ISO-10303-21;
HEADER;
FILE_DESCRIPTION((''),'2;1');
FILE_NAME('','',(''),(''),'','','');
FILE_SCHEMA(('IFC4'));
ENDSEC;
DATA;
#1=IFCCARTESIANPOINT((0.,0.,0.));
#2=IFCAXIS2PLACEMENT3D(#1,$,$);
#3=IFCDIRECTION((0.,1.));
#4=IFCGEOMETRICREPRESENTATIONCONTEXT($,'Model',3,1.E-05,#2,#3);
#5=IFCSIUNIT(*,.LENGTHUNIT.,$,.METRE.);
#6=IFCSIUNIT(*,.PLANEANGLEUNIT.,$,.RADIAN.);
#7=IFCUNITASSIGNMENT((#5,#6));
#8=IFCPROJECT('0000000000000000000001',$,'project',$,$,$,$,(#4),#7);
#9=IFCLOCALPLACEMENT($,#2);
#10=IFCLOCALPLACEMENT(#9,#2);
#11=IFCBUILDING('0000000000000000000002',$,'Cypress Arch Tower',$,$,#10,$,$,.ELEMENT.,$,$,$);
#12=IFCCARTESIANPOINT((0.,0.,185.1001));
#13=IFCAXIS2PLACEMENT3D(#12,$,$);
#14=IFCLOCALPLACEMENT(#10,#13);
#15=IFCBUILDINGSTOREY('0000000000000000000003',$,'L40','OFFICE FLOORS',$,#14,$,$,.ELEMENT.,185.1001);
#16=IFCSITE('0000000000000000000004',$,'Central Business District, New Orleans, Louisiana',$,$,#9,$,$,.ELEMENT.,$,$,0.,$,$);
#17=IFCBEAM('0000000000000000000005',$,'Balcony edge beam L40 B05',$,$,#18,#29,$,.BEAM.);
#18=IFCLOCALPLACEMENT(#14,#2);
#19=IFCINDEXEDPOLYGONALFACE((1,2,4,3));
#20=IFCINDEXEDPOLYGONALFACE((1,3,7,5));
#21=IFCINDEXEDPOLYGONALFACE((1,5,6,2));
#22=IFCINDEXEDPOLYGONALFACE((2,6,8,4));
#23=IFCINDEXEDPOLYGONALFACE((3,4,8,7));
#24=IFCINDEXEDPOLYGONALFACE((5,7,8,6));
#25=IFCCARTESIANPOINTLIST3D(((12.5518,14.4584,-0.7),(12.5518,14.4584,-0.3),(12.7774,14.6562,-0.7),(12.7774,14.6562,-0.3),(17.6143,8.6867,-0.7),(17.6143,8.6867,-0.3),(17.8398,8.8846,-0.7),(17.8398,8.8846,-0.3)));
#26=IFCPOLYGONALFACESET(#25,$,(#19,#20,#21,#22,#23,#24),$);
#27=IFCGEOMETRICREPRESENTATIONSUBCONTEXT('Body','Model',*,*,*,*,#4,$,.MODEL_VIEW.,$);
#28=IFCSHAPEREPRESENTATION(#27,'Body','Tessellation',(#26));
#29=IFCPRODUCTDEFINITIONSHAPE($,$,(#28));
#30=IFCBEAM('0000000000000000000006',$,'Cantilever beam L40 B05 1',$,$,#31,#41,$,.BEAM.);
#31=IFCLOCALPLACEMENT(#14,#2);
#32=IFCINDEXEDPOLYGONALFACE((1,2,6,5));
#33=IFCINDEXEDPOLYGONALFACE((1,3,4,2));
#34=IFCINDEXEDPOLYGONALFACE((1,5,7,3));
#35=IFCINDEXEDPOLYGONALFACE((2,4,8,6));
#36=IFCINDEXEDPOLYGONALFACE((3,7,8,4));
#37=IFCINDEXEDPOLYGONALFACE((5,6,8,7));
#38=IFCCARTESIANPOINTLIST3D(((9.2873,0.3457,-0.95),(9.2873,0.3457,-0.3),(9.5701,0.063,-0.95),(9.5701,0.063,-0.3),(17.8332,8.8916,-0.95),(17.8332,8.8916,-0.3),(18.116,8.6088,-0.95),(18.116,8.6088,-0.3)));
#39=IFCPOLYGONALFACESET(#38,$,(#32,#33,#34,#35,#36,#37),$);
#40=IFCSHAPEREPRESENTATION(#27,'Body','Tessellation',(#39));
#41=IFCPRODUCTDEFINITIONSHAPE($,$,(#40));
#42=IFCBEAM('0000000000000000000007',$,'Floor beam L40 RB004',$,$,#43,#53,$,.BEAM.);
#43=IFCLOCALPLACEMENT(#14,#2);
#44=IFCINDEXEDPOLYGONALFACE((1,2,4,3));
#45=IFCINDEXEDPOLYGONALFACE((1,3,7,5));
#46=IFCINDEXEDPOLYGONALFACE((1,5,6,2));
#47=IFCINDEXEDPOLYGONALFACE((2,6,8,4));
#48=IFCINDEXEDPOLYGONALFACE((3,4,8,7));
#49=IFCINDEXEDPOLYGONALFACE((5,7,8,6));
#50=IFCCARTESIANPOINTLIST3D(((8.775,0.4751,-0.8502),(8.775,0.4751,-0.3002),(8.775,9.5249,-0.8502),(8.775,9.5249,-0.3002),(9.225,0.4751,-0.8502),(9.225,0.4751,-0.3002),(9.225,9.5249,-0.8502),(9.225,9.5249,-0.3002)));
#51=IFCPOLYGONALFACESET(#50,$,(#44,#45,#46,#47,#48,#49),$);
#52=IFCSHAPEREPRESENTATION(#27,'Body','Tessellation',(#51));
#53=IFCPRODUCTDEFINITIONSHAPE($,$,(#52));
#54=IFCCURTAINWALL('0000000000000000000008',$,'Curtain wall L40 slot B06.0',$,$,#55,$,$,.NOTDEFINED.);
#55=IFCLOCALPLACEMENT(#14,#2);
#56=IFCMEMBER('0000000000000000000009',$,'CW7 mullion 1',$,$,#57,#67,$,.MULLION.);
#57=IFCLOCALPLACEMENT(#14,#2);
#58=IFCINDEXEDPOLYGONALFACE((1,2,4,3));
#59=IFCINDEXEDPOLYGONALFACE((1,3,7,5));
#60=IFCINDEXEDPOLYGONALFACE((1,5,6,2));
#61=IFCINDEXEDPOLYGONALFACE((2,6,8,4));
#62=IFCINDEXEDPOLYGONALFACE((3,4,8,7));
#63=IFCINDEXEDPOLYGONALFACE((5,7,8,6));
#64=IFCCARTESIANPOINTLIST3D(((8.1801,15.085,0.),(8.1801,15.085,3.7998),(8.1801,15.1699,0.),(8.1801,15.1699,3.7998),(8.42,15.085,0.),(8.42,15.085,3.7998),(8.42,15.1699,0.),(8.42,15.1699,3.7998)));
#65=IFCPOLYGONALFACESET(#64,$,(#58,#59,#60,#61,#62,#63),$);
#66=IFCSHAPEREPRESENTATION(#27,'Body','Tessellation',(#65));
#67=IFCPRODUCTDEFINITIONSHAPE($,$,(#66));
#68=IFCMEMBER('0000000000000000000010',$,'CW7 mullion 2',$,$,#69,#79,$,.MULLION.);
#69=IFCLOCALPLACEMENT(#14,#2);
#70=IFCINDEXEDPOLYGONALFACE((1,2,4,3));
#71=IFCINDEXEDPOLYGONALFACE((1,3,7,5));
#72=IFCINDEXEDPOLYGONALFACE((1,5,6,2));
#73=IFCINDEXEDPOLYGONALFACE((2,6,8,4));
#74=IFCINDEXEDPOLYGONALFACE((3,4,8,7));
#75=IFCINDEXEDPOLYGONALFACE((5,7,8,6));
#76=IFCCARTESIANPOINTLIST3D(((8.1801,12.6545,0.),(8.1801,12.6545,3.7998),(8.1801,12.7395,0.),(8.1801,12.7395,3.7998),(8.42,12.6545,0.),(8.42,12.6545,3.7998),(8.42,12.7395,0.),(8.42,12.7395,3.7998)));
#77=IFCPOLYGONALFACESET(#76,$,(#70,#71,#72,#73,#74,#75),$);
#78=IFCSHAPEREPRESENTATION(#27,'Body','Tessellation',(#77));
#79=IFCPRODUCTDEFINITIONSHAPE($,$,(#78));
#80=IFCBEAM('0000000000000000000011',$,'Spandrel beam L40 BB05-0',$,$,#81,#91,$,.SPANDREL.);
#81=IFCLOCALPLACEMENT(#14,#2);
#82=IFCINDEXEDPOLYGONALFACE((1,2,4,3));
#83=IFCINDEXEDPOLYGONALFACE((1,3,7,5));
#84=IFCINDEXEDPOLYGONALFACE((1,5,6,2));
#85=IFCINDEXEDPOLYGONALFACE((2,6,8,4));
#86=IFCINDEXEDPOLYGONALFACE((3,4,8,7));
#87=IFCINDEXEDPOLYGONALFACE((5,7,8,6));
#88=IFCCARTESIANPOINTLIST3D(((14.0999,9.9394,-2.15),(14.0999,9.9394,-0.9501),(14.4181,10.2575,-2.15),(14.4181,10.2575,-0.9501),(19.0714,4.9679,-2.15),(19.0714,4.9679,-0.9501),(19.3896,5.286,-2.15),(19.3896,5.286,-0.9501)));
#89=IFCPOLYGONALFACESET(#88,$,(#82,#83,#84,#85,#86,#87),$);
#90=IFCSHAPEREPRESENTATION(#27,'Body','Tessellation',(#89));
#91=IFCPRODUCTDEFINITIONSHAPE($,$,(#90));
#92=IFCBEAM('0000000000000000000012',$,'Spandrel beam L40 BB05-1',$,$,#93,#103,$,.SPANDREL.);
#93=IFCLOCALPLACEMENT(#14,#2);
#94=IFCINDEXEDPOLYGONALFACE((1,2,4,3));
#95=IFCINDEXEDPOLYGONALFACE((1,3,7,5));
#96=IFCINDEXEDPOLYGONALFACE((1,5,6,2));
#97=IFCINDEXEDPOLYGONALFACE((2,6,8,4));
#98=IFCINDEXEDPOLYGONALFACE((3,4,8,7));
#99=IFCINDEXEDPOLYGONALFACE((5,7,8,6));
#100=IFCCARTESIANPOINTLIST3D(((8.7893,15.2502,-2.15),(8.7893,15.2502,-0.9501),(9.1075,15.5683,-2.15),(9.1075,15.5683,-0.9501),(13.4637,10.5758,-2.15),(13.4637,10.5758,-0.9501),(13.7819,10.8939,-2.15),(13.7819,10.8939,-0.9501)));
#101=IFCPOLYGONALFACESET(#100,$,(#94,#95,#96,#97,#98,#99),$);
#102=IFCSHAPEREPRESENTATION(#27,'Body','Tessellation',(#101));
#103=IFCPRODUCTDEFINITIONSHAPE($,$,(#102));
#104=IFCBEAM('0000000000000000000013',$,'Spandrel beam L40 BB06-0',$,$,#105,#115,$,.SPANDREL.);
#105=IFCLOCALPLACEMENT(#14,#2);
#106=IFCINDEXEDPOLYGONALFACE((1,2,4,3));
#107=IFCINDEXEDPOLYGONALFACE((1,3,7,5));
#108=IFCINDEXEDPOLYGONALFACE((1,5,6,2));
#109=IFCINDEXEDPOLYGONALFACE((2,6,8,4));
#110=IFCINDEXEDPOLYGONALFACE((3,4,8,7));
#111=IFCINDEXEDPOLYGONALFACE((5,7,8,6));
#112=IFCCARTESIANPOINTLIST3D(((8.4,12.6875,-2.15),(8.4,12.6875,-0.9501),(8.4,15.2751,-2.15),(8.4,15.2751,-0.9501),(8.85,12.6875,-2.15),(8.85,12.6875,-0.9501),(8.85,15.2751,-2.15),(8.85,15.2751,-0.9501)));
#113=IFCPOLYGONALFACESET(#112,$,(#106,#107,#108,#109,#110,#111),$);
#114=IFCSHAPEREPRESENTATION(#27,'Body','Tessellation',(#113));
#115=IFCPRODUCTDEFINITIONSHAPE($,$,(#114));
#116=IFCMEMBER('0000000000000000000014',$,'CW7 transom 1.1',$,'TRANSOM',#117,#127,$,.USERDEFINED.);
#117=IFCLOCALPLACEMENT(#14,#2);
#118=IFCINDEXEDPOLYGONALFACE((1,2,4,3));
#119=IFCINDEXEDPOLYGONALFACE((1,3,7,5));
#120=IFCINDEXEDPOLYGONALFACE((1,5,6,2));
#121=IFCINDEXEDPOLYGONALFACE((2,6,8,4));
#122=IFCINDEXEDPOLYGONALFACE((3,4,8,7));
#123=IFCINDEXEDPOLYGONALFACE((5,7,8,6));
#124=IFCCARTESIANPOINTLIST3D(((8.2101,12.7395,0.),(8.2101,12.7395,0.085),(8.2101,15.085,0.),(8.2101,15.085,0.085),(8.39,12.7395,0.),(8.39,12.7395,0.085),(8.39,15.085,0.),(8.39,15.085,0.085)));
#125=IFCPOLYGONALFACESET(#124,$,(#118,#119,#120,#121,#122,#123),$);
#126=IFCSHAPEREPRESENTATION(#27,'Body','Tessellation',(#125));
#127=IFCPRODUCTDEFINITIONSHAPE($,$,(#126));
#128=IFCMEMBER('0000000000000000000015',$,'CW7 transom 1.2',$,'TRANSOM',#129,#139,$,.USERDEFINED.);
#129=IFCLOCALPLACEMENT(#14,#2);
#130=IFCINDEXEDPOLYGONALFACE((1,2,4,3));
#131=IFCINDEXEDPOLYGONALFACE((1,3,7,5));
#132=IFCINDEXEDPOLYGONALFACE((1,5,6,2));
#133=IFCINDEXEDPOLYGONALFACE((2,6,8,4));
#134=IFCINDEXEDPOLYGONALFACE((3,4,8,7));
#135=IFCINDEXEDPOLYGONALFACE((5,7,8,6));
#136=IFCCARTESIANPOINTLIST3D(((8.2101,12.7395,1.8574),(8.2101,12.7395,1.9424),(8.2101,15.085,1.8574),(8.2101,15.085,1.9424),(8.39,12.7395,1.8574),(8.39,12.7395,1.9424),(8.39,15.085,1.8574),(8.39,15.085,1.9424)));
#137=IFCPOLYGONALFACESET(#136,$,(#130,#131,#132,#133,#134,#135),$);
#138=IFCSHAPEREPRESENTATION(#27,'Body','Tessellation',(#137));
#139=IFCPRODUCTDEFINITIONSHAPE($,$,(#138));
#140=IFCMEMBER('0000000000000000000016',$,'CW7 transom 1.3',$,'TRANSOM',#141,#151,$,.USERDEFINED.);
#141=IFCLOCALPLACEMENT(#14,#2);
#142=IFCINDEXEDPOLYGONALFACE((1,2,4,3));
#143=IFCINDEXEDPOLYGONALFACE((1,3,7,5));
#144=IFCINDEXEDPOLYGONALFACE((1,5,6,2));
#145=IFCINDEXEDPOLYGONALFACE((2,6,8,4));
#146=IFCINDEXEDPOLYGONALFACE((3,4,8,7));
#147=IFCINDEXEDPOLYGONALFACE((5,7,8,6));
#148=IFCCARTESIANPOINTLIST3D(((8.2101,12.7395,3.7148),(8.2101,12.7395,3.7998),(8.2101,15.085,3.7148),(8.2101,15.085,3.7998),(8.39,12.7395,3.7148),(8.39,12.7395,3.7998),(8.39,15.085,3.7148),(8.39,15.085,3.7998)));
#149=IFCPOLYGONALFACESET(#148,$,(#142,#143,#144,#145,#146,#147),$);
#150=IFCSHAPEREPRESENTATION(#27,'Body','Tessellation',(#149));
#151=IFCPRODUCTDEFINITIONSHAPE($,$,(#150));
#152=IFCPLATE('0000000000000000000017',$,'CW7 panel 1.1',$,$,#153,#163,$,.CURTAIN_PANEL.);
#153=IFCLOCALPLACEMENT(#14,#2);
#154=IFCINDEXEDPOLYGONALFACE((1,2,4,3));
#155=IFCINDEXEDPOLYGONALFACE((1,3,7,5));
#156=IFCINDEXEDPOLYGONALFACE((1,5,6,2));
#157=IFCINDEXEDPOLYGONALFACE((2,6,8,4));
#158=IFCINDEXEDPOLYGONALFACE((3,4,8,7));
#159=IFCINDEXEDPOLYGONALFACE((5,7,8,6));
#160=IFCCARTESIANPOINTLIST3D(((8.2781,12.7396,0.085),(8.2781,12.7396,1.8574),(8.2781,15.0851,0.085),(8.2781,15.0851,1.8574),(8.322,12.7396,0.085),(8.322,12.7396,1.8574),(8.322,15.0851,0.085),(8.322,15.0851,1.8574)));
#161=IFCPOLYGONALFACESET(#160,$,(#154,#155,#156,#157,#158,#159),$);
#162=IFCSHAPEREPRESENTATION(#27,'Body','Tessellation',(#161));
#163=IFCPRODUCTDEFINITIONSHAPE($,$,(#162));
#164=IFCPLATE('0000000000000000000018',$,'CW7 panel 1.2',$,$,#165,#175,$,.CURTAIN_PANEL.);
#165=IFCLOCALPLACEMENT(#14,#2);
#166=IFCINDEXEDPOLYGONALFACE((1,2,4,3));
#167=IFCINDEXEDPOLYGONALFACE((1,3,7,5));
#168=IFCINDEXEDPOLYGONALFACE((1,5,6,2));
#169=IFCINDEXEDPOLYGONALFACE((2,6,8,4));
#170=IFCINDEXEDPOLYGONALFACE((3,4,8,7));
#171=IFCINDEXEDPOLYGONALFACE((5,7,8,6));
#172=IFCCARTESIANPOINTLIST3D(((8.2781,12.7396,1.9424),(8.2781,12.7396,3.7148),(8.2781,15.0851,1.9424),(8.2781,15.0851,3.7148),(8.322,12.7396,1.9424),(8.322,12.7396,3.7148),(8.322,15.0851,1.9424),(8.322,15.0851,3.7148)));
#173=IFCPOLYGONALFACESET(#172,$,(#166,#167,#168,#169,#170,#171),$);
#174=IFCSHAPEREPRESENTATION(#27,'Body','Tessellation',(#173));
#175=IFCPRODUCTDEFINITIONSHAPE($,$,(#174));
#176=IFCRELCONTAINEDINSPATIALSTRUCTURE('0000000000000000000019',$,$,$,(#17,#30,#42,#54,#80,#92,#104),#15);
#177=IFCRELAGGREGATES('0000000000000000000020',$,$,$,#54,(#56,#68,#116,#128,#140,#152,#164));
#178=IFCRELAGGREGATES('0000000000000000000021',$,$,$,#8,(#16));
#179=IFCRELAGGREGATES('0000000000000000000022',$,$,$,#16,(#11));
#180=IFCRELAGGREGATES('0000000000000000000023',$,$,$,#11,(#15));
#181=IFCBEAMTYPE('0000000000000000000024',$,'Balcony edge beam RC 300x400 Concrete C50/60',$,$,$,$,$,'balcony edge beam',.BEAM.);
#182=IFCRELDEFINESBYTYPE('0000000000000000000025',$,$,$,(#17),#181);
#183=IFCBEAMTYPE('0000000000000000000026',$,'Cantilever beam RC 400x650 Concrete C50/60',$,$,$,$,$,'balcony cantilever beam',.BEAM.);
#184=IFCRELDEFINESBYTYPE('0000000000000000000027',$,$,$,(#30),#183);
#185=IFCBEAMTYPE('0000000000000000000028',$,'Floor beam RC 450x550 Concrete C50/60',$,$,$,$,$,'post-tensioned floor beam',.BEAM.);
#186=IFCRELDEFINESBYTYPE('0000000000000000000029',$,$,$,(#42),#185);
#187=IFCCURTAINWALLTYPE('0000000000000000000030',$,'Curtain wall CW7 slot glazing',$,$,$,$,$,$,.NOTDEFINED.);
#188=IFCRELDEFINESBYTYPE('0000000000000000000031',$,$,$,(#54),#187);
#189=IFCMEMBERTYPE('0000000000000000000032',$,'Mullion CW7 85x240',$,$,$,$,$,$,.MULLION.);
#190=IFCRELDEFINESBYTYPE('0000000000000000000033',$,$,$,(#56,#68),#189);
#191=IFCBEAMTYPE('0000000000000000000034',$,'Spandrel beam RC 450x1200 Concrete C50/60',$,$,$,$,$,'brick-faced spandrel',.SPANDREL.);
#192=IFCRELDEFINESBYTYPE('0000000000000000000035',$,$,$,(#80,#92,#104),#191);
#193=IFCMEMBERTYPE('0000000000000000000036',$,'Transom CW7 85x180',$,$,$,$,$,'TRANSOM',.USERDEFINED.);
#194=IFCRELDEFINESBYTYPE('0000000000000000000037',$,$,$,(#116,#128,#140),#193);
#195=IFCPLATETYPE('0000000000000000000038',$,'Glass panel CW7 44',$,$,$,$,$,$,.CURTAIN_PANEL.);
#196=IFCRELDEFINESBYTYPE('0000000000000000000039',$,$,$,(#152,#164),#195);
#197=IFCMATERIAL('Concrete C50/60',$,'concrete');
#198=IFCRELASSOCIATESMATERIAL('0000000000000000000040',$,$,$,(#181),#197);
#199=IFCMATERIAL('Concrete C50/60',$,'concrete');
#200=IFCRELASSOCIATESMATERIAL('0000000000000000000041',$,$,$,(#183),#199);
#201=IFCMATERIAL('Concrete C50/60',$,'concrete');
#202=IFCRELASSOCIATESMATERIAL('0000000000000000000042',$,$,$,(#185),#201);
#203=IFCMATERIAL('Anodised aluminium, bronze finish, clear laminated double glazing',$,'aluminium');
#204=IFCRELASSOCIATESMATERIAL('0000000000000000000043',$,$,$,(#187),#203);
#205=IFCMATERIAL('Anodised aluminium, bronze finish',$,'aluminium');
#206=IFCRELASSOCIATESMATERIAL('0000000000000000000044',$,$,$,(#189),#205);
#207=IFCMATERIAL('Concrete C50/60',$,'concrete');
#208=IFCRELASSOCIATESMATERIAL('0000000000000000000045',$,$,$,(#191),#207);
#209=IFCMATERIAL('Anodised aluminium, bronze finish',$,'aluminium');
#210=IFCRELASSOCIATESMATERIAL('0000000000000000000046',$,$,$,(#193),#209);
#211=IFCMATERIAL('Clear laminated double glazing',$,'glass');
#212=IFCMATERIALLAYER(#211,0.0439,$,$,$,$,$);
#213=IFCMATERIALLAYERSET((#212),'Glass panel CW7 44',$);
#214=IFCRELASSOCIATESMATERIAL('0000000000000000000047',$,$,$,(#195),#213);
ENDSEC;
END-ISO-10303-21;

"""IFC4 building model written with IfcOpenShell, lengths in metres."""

from ifc_helpers import new_model, si_unit, direction, frame, origin, origin_2d, place, context, subcontext, project, spatial, rectangle, extrude, material, layer, layer_set, material_profile, profile_set, type_object, element, aggregate, save


model = new_model("IFC4")

# Units and contexts
model_context = context("Model", 3, precision=1e-05, world=origin(), true_north=direction((0.0, 1.0)))
body_context = subcontext(model_context, "Body", "Model", "MODEL_VIEW")
ifc_project = project(units=[si_unit("LENGTHUNIT", "METRE"), si_unit("PLANEANGLEUNIT", "RADIAN")], contexts=[model_context])

# Site, building, storey
site_placement = place(None, origin())
site = spatial("IfcSite", under=ifc_project, at=site_placement, Name="Central Business District, New Orleans, Louisiana", CompositionType="ELEMENT", RefElevation=0.0)
building_placement = place(site_placement, origin())
building = spatial("IfcBuilding", under=site, at=building_placement, Name="Cypress Arch Tower", CompositionType="ELEMENT")
storey_placement = place(building_placement, frame((0.0, 0.0, 185.1001)))
storey = spatial("IfcBuildingStorey", under=building, at=storey_placement, Name="L40", Description="OFFICE FLOORS", CompositionType="ELEMENT", Elevation=185.1001)

# Beams
ifc_material_1 = material(Name="Concrete C50/60", Category="concrete")
ifc_material_profile_1 = material_profile(ifc_material_1, rectangle(XDim=0.3, YDim=0.3999, at=origin_2d()), Name="RC 300x400")
ifc_profile_set_1 = profile_set([ifc_material_profile_1], Name="Concrete C50/60")
beam_type_1 = type_object("IfcBeamType", Name="Balcony edge beam RC 300x400 Concrete C50/60", ElementType="balcony edge beam", PredefinedType="BEAM", material=ifc_profile_set_1)
beam_1_placement = place(storey_placement, frame((17.7271, 8.7856, -0.5), z_axis=(-0.659407, 0.751786, 0.0), x_axis=(-0.751786, -0.659407, 0.0)))
element("IfcBeam", 1, at=beam_1_placement, inside=storey, type_object=beam_type_1, Name="Balcony edge beam L40 B05", PredefinedType="BEAM", context=body_context, shape_type="SweptSolid", body=[
    extrude(rectangle(XDim=0.3, YDim=0.3999, at=origin_2d()), origin(), (0.0, 0.0, 1.0), 7.6772),
])
ifc_material_2 = material(Name="Concrete C50/60", Category="concrete")
ifc_material_profile_2 = material_profile(ifc_material_2, rectangle(XDim=0.3999, YDim=0.6499, at=origin_2d()), Name="RC 400x650")
ifc_profile_set_2 = profile_set([ifc_material_profile_2], Name="Concrete C50/60")
beam_type_2 = type_object("IfcBeamType", Name="Cantilever beam RC 400x650 Concrete C50/60", ElementType="balcony cantilever beam", PredefinedType="BEAM", material=ifc_profile_set_2)
beam_2_placement = place(storey_placement, frame((9.4287, 0.2043, -0.625), z_axis=(0.707107, 0.707107, 0.0), x_axis=(-0.707107, 0.707107, 0.0)))
element("IfcBeam", 2, at=beam_2_placement, inside=storey, type_object=beam_type_2, Name="Cantilever beam L40 B05 1", PredefinedType="BEAM", context=body_context, shape_type="SweptSolid", body=[
    extrude(rectangle(XDim=0.3999, YDim=0.6499, at=origin_2d()), origin(), (0.0, 0.0, 1.0), 12.0857),
])
ifc_material_3 = material(Name="Concrete C50/60", Category="concrete")
ifc_material_profile_3 = material_profile(ifc_material_3, rectangle(XDim=0.45, YDim=0.55, at=origin_2d()), Name="RC 450x550")
ifc_profile_set_3 = profile_set([ifc_material_profile_3], Name="Concrete C50/60")
beam_type_3 = type_object("IfcBeamType", Name="Floor beam RC 450x550 Concrete C50/60", ElementType="post-tensioned floor beam", PredefinedType="BEAM", material=ifc_profile_set_3)
beam_3_placement = place(storey_placement, frame((9.0, 0.4751, -0.5752), z_axis=(0.0, 1.0, 0.0), x_axis=(-1.0, 0.0, 0.0)))
element("IfcBeam", 3, at=beam_3_placement, inside=storey, type_object=beam_type_3, Name="Floor beam L40 RB004", PredefinedType="BEAM", context=body_context, shape_type="SweptSolid", body=[
    extrude(rectangle(XDim=0.45, YDim=0.55, at=origin_2d()), origin(), (0.0, 0.0, 1.0), 9.0498),
])

# Curtain wall, members
ifc_material_4 = material(Name="Anodised aluminium, bronze finish, clear laminated double glazing", Category="aluminium")
curtain_wall_type = type_object("IfcCurtainWallType", Name="Curtain wall CW7 slot glazing", PredefinedType="NOTDEFINED", material=ifc_material_4)
curtain_wall_placement = place(storey_placement, origin())
curtain_wall = element("IfcCurtainWall", 4, at=curtain_wall_placement, inside=storey, type_object=curtain_wall_type, Name="Curtain wall L40 slot B06.0", PredefinedType="NOTDEFINED")
ifc_material_5 = material(Name="Anodised aluminium, bronze finish", Category="aluminium")
ifc_material_profile_4 = material_profile(ifc_material_5, rectangle(XDim=0.24, YDim=0.085, at=origin_2d()), Name="Mullion 85x240")
ifc_profile_set_4 = profile_set([ifc_material_profile_4], Name="Anodised aluminium, bronze finish")
member_type_1 = type_object("IfcMemberType", Name="Mullion CW7 85x240", PredefinedType="MULLION", material=ifc_profile_set_4)
member_1_placement = place(storey_placement, frame((8.3, 15.1274, 0.0), z_axis=(0.0, 0.0, 1.0), x_axis=(1.0, 0.0, 0.0)))
member_1 = element("IfcMember", 5, at=member_1_placement, type_object=member_type_1, Name="CW7 mullion 1", PredefinedType="MULLION", context=body_context, shape_type="SweptSolid", body=[
    extrude(rectangle(XDim=0.24, YDim=0.085, at=origin_2d()), origin(), (0.0, 0.0, 1.0), 3.7998),
])
member_2_placement = place(storey_placement, frame((8.3, 12.697, 0.0), z_axis=(0.0, 0.0, 1.0), x_axis=(1.0, 0.0, 0.0)))
member_2 = element("IfcMember", 6, at=member_2_placement, type_object=member_type_1, Name="CW7 mullion 2", PredefinedType="MULLION", context=body_context, shape_type="SweptSolid", body=[
    extrude(rectangle(XDim=0.24, YDim=0.085, at=origin_2d()), origin(), (0.0, 0.0, 1.0), 3.7998),
])

# Beams
ifc_material_6 = material(Name="Concrete C50/60", Category="concrete")
ifc_material_profile_5 = material_profile(ifc_material_6, rectangle(XDim=0.45, YDim=1.2, at=origin_2d()), Name="RC 450x1200")
ifc_profile_set_5 = profile_set([ifc_material_profile_5], Name="Concrete C50/60")
beam_type_4 = type_object("IfcBeamType", Name="Spandrel beam RC 450x1200 Concrete C50/60", ElementType="brick-faced spandrel", PredefinedType="SPANDREL", material=ifc_profile_set_5)
beam_4_placement = place(storey_placement, frame((19.2305, 5.127, -1.55), z_axis=(-0.707107, 0.707107, 0.0), x_axis=(-0.707107, -0.707107, 0.0)))
element("IfcBeam", 7, at=beam_4_placement, inside=storey, type_object=beam_type_4, Name="Spandrel beam L40 BB05-0", PredefinedType="SPANDREL", context=body_context, shape_type="SweptSolid", body=[
    extrude(rectangle(XDim=0.45, YDim=1.2, at=origin_2d()), origin(), (0.0, 0.0, 1.0), 7.0308),
])
beam_5_placement = place(storey_placement, frame((13.6228, 10.7349, -1.55), z_axis=(-0.707107, 0.707107, 0.0), x_axis=(-0.707107, -0.707107, 0.0)))
element("IfcBeam", 8, at=beam_5_placement, inside=storey, type_object=beam_type_4, Name="Spandrel beam L40 BB05-1", PredefinedType="SPANDREL", context=body_context, shape_type="SweptSolid", body=[
    extrude(rectangle(XDim=0.45, YDim=1.2, at=origin_2d()), origin(), (0.0, 0.0, 1.0), 6.6106),
])
beam_6_placement = place(storey_placement, frame((8.625, 15.2751, -1.55), z_axis=(0.0, -1.0, 0.0), x_axis=(1.0, 0.0, 0.0)))
element("IfcBeam", 9, at=beam_6_placement, inside=storey, type_object=beam_type_4, Name="Spandrel beam L40 BB06-0", PredefinedType="SPANDREL", context=body_context, shape_type="SweptSolid", body=[
    extrude(rectangle(XDim=0.45, YDim=1.2, at=origin_2d()), origin(), (0.0, 0.0, 1.0), 2.5876),
])

# Members
ifc_material_7 = material(Name="Anodised aluminium, bronze finish", Category="aluminium")
ifc_material_profile_6 = material_profile(ifc_material_7, rectangle(XDim=0.1799, YDim=0.085, at=origin_2d()), Name="Transom 85x180")
ifc_profile_set_6 = profile_set([ifc_material_profile_6], Name="Anodised aluminium, bronze finish")
member_type_2 = type_object("IfcMemberType", Name="Transom CW7 85x180", ElementType="TRANSOM", PredefinedType="USERDEFINED", material=ifc_profile_set_6)
member_3_placement = place(storey_placement, frame((8.3, 15.085, 0.0425), z_axis=(0.0, -1.0, 0.0), x_axis=(1.0, 0.0, 0.0)))
member_3 = element("IfcMember", 10, at=member_3_placement, type_object=member_type_2, Name="CW7 transom 1.1", ObjectType="TRANSOM", PredefinedType="USERDEFINED", context=body_context, shape_type="SweptSolid", body=[
    extrude(rectangle(XDim=0.1799, YDim=0.085, at=origin_2d()), origin(), (0.0, 0.0, 1.0), 2.3455),
])
member_4_placement = place(storey_placement, frame((8.3, 15.085, 1.8999), z_axis=(0.0, -1.0, 0.0), x_axis=(1.0, 0.0, 0.0)))
member_4 = element("IfcMember", 11, at=member_4_placement, type_object=member_type_2, Name="CW7 transom 1.2", ObjectType="TRANSOM", PredefinedType="USERDEFINED", context=body_context, shape_type="SweptSolid", body=[
    extrude(rectangle(XDim=0.1799, YDim=0.085, at=origin_2d()), origin(), (0.0, 0.0, 1.0), 2.3455),
])
member_5_placement = place(storey_placement, frame((8.3, 15.085, 3.7573), z_axis=(0.0, -1.0, 0.0), x_axis=(1.0, 0.0, 0.0)))
member_5 = element("IfcMember", 12, at=member_5_placement, type_object=member_type_2, Name="CW7 transom 1.3", ObjectType="TRANSOM", PredefinedType="USERDEFINED", context=body_context, shape_type="SweptSolid", body=[
    extrude(rectangle(XDim=0.1799, YDim=0.085, at=origin_2d()), origin(), (0.0, 0.0, 1.0), 2.3455),
])

# Plates
ifc_material_8 = material(Name="Clear laminated double glazing", Category="glass")
ifc_layer_1 = layer(ifc_material_8, 0.0439)
ifc_layer_set_1 = layer_set([ifc_layer_1], Name="Glass panel CW7 44")
plate_type = type_object("IfcPlateType", Name="Glass panel CW7 44", PredefinedType="CURTAIN_PANEL", material=ifc_layer_set_1)
plate_1_placement = place(storey_placement, frame((8.3, 13.9124, 0.085), z_axis=(0.0, 0.0, 1.0), x_axis=(0.0, -1.0, 0.0)))
plate_1 = element("IfcPlate", 13, at=plate_1_placement, type_object=plate_type, Name="CW7 panel 1.1", PredefinedType="CURTAIN_PANEL", context=body_context, shape_type="SweptSolid", body=[
    extrude(rectangle(XDim=2.3455, YDim=0.0439, at=origin_2d()), origin(), (0.0, 0.0, 1.0), 1.7725),
])
plate_2_placement = place(storey_placement, frame((8.3, 13.9124, 1.9424), z_axis=(0.0, 0.0, 1.0), x_axis=(0.0, -1.0, 0.0)))
plate_2 = element("IfcPlate", 14, at=plate_2_placement, type_object=plate_type, Name="CW7 panel 1.2", PredefinedType="CURTAIN_PANEL", context=body_context, shape_type="SweptSolid", body=[
    extrude(rectangle(XDim=2.3455, YDim=0.0439, at=origin_2d()), origin(), (0.0, 0.0, 1.0), 1.7725),
])
aggregate(curtain_wall, [member_1, member_2, member_3, member_4, member_5, plate_1, plate_2])

save(model, "model.ifc")
